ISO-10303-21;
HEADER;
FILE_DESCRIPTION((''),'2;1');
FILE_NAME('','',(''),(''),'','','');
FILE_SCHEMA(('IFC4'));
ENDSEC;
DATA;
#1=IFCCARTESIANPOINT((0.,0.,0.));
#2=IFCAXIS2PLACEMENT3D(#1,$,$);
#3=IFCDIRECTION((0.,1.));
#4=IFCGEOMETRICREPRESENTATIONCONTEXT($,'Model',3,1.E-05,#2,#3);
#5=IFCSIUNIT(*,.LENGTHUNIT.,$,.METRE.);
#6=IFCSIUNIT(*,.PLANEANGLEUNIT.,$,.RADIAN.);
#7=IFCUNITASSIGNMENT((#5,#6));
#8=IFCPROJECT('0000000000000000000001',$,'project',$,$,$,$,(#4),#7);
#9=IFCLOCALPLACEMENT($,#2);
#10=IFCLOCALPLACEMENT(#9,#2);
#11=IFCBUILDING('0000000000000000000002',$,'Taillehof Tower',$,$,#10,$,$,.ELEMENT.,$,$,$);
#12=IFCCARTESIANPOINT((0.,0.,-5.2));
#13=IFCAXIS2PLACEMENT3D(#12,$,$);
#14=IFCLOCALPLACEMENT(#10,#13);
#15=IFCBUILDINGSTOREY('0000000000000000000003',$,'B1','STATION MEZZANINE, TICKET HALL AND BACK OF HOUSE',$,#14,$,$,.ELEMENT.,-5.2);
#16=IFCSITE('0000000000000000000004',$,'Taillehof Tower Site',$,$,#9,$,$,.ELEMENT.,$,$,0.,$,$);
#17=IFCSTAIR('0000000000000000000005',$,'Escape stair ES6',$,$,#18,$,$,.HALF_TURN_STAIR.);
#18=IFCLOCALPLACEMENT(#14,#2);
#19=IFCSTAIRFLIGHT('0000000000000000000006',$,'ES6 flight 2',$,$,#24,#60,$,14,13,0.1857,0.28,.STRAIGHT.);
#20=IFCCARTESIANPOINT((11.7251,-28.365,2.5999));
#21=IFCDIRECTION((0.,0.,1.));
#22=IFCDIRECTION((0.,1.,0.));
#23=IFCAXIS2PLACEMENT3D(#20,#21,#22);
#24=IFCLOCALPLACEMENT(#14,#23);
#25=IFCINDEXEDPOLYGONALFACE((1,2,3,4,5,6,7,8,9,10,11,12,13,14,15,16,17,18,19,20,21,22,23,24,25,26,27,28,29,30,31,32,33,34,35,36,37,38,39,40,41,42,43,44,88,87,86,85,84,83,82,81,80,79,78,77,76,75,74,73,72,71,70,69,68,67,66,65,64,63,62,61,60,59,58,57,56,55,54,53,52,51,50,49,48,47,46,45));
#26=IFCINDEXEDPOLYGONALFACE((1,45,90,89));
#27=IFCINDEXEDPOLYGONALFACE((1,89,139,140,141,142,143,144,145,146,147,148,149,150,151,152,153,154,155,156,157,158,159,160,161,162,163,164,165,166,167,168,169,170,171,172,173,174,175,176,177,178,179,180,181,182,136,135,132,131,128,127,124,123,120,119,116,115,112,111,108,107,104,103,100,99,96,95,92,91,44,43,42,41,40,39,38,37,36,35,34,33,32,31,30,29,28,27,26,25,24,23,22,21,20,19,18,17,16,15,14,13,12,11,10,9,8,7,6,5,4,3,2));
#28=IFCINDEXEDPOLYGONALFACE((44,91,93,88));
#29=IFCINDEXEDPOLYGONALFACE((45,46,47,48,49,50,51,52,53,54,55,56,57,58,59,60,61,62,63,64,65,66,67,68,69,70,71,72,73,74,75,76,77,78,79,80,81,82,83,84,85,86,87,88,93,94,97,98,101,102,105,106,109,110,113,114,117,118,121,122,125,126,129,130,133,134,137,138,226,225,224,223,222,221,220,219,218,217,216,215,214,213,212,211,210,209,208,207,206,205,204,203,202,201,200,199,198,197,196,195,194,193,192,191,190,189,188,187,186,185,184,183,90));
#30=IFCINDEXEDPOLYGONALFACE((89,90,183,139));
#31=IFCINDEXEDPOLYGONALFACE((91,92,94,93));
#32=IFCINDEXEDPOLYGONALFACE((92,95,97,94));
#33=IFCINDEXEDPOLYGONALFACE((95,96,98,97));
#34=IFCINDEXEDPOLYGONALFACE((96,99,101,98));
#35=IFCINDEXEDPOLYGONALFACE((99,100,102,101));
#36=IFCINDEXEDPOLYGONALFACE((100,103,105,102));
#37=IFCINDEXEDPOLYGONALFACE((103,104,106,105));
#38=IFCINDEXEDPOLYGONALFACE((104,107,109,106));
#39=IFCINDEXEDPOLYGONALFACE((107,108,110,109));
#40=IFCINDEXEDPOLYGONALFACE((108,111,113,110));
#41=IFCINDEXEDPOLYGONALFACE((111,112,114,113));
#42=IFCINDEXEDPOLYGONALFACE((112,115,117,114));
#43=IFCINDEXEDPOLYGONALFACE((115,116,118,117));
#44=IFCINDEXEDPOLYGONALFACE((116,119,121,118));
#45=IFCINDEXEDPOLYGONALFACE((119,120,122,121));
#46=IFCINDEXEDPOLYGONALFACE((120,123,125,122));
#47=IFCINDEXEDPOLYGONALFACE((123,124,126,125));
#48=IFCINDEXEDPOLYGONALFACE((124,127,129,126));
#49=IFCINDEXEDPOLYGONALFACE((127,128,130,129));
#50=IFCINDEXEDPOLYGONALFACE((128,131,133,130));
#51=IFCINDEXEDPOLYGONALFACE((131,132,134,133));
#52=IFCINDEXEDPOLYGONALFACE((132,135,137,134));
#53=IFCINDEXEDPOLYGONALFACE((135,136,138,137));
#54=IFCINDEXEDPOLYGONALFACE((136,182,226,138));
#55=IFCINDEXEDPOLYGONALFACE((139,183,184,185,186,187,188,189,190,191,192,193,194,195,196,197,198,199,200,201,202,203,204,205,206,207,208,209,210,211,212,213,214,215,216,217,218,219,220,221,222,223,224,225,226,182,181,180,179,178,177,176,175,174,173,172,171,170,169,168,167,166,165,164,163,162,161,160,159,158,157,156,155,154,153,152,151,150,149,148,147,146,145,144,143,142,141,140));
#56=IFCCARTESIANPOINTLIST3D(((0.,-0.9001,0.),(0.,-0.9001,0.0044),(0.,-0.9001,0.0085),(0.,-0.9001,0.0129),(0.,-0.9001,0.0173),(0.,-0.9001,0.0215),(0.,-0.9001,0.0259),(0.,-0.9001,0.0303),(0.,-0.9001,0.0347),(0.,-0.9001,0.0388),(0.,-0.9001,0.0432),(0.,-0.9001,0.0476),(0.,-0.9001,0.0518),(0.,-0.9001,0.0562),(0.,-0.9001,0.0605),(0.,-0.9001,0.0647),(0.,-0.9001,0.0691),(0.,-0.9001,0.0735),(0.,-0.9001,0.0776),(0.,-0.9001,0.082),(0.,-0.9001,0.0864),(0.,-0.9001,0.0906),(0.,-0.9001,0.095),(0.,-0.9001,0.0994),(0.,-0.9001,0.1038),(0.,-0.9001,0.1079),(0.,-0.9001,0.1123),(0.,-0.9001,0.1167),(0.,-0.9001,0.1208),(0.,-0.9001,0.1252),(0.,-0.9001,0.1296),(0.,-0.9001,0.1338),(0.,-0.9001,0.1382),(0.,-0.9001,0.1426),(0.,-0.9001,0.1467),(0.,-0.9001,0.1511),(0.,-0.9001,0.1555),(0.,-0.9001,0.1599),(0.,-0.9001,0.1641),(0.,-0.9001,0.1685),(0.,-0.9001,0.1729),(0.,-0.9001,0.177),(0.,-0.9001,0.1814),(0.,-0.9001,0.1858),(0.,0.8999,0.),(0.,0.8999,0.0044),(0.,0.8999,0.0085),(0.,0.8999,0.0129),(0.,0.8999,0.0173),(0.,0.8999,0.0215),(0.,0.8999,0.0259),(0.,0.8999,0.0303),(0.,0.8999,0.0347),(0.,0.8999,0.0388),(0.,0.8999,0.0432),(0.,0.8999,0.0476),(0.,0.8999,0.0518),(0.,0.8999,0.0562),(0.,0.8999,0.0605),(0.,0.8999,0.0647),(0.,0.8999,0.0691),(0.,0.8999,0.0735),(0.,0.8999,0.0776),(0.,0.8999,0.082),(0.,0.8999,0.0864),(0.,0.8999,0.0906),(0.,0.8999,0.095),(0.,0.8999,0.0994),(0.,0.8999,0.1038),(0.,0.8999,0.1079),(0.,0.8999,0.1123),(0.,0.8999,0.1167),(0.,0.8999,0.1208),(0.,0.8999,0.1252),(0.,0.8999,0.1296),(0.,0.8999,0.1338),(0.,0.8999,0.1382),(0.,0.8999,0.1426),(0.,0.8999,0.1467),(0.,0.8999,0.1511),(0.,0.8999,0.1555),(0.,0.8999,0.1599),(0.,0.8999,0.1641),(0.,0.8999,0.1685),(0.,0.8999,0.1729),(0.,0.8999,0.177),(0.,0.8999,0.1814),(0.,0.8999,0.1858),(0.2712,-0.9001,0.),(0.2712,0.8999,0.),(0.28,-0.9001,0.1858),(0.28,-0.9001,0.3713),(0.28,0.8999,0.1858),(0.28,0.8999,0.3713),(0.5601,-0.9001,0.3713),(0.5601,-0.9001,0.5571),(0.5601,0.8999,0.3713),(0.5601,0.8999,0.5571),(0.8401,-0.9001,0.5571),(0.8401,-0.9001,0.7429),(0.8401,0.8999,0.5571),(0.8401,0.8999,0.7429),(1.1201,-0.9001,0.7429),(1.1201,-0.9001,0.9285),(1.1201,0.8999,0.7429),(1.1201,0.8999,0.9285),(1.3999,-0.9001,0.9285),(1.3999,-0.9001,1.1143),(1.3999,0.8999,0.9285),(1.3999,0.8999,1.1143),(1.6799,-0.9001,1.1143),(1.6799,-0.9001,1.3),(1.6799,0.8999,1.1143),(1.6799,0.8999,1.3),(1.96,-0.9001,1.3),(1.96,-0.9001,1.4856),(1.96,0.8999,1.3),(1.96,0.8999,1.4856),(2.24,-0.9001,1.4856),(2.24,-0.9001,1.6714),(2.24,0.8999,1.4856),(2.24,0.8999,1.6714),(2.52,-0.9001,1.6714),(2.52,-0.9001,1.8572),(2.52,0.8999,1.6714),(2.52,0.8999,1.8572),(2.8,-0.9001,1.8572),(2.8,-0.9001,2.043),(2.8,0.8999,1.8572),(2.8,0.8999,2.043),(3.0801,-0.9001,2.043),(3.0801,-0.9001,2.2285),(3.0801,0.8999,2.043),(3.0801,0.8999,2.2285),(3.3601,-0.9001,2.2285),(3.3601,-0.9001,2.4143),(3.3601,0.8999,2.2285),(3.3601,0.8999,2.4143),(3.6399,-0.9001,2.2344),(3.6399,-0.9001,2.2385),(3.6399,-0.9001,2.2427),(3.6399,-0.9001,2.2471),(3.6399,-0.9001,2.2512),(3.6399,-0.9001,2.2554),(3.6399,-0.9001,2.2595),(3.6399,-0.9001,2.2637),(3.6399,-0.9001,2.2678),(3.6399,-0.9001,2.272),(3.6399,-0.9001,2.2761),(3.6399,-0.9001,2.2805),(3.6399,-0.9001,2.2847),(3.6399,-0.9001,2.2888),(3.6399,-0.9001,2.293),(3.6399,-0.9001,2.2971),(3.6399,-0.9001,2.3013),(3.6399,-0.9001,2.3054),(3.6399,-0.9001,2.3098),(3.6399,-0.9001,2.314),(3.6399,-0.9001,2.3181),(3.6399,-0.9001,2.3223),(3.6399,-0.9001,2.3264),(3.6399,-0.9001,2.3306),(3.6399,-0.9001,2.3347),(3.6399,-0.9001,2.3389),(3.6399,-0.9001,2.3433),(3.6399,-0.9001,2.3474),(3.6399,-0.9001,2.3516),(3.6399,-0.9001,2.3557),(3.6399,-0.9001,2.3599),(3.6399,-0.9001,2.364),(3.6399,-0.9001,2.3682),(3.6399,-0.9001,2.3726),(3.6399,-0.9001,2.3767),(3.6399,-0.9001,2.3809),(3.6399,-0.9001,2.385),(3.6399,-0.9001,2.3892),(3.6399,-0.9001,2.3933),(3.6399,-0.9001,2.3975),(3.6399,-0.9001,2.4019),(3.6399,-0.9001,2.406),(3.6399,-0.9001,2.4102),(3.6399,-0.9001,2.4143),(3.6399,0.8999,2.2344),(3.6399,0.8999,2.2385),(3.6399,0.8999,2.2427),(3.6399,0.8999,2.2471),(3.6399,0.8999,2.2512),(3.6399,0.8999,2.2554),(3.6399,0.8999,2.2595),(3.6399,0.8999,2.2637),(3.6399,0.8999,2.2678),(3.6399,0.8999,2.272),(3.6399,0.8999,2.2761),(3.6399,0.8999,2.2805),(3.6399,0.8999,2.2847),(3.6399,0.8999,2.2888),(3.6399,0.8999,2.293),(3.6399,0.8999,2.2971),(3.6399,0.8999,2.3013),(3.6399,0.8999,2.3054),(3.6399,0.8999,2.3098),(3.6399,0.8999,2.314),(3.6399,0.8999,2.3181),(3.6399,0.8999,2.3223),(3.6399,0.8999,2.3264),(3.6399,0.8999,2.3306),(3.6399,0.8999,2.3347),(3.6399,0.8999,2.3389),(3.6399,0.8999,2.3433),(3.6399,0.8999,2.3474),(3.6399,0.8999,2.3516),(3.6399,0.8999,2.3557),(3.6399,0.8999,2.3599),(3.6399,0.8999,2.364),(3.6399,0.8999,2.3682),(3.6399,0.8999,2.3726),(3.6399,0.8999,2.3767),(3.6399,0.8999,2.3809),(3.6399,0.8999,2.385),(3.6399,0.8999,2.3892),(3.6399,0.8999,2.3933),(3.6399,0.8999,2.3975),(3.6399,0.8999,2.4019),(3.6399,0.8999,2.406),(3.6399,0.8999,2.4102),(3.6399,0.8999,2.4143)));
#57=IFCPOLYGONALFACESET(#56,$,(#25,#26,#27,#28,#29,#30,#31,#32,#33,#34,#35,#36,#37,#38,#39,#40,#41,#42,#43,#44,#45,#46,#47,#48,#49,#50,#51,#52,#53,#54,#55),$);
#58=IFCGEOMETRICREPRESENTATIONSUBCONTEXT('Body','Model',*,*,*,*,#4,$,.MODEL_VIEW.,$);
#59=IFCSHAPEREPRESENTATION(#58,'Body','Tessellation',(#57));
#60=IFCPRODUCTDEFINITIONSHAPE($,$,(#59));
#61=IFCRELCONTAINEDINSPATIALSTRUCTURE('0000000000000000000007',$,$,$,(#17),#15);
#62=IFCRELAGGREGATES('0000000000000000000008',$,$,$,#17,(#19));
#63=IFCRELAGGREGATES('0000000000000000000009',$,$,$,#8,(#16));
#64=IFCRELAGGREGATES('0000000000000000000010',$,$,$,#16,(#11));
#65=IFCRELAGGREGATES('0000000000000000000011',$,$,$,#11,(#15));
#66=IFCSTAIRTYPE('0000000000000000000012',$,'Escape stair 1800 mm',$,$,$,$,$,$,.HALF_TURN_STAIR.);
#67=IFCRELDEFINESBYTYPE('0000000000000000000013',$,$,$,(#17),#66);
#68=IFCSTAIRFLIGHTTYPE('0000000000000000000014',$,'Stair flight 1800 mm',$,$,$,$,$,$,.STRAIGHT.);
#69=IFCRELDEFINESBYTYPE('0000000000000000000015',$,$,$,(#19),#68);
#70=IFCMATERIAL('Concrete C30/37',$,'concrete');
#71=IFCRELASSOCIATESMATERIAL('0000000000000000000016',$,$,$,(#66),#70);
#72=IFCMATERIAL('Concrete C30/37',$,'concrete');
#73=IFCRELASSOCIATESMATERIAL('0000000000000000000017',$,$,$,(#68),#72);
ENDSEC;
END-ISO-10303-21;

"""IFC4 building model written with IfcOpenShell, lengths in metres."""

from ifc_helpers import new_model, si_unit, direction, frame, origin, place, context, subcontext, project, spatial, polyline, outline, extrude, material, type_object, element, aggregate, save


model = new_model("IFC4")

# Units and contexts
model_context = context("Model", 3, precision=1e-05, world=origin(), true_north=direction((0.0, 1.0)))
body_context = subcontext(model_context, "Body", "Model", "MODEL_VIEW")
ifc_project = project(units=[si_unit("LENGTHUNIT", "METRE"), si_unit("PLANEANGLEUNIT", "RADIAN")], contexts=[model_context])

# Site, building, storey
site_placement = place(None, origin())
site = spatial("IfcSite", under=ifc_project, at=site_placement, Name="Taillehof Tower Site", CompositionType="ELEMENT", RefElevation=0.0)
building_placement = place(site_placement, origin())
building = spatial("IfcBuilding", under=site, at=building_placement, Name="Taillehof Tower", CompositionType="ELEMENT")
storey_placement = place(building_placement, frame((0.0, 0.0, -5.2)))
storey = spatial("IfcBuildingStorey", under=building, at=storey_placement, Name="B1", Description="STATION MEZZANINE, TICKET HALL AND BACK OF HOUSE", CompositionType="ELEMENT", Elevation=-5.2)

# Stair, stair flight
ifc_material_1 = material(Name="Concrete C30/37", Category="concrete")
stair_type = type_object("IfcStairType", Name="Escape stair 1800 mm", PredefinedType="HALF_TURN_STAIR", material=ifc_material_1)
stair_placement = place(storey_placement, origin())
stair = element("IfcStair", 1, at=stair_placement, inside=storey, type_object=stair_type, Name="Escape stair ES6", PredefinedType="HALF_TURN_STAIR")
ifc_material_2 = material(Name="Concrete C30/37", Category="concrete")
stair_flight_type = type_object("IfcStairFlightType", Name="Stair flight 1800 mm", PredefinedType="STRAIGHT", material=ifc_material_2)
stair_flight_1_placement = place(storey_placement, frame((11.7251, -28.365, 2.5999), z_axis=(0.0, 0.0, 1.0), x_axis=(0.0, 1.0, 0.0)))
stair_flight_1 = element("IfcStairFlight", 2, at=stair_flight_1_placement, type_object=stair_flight_type, Name="ES6 flight 2", NumberOfRisers=14, NumberOfTreads=13, PredefinedType="STRAIGHT", RiserHeight=0.1857, TreadLength=0.28, context=body_context, shape_type="SweptSolid", body=[
    extrude(outline(polyline([(0.0, 0.0), (0.0, 0.0044), (0.0, 0.0085), (0.0, 0.0129), (0.0, 0.0173), (0.0, 0.0215), (0.0, 0.0259), (0.0, 0.0303), (0.0, 0.0347), (0.0, 0.0388), (0.0, 0.0432), (0.0, 0.0476), (0.0, 0.0518), (0.0, 0.0562), (0.0, 0.0605), (0.0, 0.0647), (0.0, 0.0691), (0.0, 0.0735), (0.0, 0.0776), (0.0, 0.082), (0.0, 0.0864), (0.0, 0.0906), (0.0, 0.095), (0.0, 0.0994), (0.0, 0.1038), (0.0, 0.1079), (0.0, 0.1123), (0.0, 0.1167), (0.0, 0.1208), (0.0, 0.1252), (0.0, 0.1296), (0.0, 0.1338), (0.0, 0.1382), (0.0, 0.1426), (0.0, 0.1467), (0.0, 0.1511), (0.0, 0.1555), (0.0, 0.1599), (0.0, 0.1641), (0.0, 0.1685), (0.0, 0.1729), (0.0, 0.177), (0.0, 0.1814), (0.0, 0.1858), (0.28, 0.1858), (0.28, 0.3713), (0.5601, 0.3713), (0.5601, 0.5571), (0.8401, 0.5571), (0.8401, 0.7429), (1.1201, 0.7429), (1.1201, 0.9285), (1.3999, 0.9285), (1.3999, 1.1143), (1.6799, 1.1143), (1.6799, 1.3), (1.96, 1.3), (1.96, 1.4856), (2.24, 1.4856), (2.24, 1.6714), (2.52, 1.6714), (2.52, 1.8572), (2.8, 1.8572), (2.8, 2.043), (3.0801, 2.043), (3.0801, 2.2285), (3.3601, 2.2285), (3.3601, 2.4143), (3.6399, 2.4143), (3.6399, 2.4102), (3.6399, 2.406), (3.6399, 2.4019), (3.6399, 2.3975), (3.6399, 2.3933), (3.6399, 2.3892), (3.6399, 2.385), (3.6399, 2.3809), (3.6399, 2.3767), (3.6399, 2.3726), (3.6399, 2.3682), (3.6399, 2.364), (3.6399, 2.3599), (3.6399, 2.3557), (3.6399, 2.3516), (3.6399, 2.3474), (3.6399, 2.3433), (3.6399, 2.3389), (3.6399, 2.3347), (3.6399, 2.3306), (3.6399, 2.3264), (3.6399, 2.3223), (3.6399, 2.3181), (3.6399, 2.314), (3.6399, 2.3098), (3.6399, 2.3054), (3.6399, 2.3013), (3.6399, 2.2971), (3.6399, 2.293), (3.6399, 2.2888), (3.6399, 2.2847), (3.6399, 2.2805), (3.6399, 2.2761), (3.6399, 2.272), (3.6399, 2.2678), (3.6399, 2.2637), (3.6399, 2.2595), (3.6399, 2.2554), (3.6399, 2.2512), (3.6399, 2.2471), (3.6399, 2.2427), (3.6399, 2.2385), (3.6399, 2.2344), (0.2712, 0.0), (0.0, 0.0)])), frame((0.0, 0.8999, 0.0), z_axis=(0.0, -1.0, 0.0), x_axis=(1.0, 0.0, 0.0)), (0.0, 0.0, 1.0), 1.8),
])
aggregate(stair, [stair_flight_1])

save(model, "model.ifc")
